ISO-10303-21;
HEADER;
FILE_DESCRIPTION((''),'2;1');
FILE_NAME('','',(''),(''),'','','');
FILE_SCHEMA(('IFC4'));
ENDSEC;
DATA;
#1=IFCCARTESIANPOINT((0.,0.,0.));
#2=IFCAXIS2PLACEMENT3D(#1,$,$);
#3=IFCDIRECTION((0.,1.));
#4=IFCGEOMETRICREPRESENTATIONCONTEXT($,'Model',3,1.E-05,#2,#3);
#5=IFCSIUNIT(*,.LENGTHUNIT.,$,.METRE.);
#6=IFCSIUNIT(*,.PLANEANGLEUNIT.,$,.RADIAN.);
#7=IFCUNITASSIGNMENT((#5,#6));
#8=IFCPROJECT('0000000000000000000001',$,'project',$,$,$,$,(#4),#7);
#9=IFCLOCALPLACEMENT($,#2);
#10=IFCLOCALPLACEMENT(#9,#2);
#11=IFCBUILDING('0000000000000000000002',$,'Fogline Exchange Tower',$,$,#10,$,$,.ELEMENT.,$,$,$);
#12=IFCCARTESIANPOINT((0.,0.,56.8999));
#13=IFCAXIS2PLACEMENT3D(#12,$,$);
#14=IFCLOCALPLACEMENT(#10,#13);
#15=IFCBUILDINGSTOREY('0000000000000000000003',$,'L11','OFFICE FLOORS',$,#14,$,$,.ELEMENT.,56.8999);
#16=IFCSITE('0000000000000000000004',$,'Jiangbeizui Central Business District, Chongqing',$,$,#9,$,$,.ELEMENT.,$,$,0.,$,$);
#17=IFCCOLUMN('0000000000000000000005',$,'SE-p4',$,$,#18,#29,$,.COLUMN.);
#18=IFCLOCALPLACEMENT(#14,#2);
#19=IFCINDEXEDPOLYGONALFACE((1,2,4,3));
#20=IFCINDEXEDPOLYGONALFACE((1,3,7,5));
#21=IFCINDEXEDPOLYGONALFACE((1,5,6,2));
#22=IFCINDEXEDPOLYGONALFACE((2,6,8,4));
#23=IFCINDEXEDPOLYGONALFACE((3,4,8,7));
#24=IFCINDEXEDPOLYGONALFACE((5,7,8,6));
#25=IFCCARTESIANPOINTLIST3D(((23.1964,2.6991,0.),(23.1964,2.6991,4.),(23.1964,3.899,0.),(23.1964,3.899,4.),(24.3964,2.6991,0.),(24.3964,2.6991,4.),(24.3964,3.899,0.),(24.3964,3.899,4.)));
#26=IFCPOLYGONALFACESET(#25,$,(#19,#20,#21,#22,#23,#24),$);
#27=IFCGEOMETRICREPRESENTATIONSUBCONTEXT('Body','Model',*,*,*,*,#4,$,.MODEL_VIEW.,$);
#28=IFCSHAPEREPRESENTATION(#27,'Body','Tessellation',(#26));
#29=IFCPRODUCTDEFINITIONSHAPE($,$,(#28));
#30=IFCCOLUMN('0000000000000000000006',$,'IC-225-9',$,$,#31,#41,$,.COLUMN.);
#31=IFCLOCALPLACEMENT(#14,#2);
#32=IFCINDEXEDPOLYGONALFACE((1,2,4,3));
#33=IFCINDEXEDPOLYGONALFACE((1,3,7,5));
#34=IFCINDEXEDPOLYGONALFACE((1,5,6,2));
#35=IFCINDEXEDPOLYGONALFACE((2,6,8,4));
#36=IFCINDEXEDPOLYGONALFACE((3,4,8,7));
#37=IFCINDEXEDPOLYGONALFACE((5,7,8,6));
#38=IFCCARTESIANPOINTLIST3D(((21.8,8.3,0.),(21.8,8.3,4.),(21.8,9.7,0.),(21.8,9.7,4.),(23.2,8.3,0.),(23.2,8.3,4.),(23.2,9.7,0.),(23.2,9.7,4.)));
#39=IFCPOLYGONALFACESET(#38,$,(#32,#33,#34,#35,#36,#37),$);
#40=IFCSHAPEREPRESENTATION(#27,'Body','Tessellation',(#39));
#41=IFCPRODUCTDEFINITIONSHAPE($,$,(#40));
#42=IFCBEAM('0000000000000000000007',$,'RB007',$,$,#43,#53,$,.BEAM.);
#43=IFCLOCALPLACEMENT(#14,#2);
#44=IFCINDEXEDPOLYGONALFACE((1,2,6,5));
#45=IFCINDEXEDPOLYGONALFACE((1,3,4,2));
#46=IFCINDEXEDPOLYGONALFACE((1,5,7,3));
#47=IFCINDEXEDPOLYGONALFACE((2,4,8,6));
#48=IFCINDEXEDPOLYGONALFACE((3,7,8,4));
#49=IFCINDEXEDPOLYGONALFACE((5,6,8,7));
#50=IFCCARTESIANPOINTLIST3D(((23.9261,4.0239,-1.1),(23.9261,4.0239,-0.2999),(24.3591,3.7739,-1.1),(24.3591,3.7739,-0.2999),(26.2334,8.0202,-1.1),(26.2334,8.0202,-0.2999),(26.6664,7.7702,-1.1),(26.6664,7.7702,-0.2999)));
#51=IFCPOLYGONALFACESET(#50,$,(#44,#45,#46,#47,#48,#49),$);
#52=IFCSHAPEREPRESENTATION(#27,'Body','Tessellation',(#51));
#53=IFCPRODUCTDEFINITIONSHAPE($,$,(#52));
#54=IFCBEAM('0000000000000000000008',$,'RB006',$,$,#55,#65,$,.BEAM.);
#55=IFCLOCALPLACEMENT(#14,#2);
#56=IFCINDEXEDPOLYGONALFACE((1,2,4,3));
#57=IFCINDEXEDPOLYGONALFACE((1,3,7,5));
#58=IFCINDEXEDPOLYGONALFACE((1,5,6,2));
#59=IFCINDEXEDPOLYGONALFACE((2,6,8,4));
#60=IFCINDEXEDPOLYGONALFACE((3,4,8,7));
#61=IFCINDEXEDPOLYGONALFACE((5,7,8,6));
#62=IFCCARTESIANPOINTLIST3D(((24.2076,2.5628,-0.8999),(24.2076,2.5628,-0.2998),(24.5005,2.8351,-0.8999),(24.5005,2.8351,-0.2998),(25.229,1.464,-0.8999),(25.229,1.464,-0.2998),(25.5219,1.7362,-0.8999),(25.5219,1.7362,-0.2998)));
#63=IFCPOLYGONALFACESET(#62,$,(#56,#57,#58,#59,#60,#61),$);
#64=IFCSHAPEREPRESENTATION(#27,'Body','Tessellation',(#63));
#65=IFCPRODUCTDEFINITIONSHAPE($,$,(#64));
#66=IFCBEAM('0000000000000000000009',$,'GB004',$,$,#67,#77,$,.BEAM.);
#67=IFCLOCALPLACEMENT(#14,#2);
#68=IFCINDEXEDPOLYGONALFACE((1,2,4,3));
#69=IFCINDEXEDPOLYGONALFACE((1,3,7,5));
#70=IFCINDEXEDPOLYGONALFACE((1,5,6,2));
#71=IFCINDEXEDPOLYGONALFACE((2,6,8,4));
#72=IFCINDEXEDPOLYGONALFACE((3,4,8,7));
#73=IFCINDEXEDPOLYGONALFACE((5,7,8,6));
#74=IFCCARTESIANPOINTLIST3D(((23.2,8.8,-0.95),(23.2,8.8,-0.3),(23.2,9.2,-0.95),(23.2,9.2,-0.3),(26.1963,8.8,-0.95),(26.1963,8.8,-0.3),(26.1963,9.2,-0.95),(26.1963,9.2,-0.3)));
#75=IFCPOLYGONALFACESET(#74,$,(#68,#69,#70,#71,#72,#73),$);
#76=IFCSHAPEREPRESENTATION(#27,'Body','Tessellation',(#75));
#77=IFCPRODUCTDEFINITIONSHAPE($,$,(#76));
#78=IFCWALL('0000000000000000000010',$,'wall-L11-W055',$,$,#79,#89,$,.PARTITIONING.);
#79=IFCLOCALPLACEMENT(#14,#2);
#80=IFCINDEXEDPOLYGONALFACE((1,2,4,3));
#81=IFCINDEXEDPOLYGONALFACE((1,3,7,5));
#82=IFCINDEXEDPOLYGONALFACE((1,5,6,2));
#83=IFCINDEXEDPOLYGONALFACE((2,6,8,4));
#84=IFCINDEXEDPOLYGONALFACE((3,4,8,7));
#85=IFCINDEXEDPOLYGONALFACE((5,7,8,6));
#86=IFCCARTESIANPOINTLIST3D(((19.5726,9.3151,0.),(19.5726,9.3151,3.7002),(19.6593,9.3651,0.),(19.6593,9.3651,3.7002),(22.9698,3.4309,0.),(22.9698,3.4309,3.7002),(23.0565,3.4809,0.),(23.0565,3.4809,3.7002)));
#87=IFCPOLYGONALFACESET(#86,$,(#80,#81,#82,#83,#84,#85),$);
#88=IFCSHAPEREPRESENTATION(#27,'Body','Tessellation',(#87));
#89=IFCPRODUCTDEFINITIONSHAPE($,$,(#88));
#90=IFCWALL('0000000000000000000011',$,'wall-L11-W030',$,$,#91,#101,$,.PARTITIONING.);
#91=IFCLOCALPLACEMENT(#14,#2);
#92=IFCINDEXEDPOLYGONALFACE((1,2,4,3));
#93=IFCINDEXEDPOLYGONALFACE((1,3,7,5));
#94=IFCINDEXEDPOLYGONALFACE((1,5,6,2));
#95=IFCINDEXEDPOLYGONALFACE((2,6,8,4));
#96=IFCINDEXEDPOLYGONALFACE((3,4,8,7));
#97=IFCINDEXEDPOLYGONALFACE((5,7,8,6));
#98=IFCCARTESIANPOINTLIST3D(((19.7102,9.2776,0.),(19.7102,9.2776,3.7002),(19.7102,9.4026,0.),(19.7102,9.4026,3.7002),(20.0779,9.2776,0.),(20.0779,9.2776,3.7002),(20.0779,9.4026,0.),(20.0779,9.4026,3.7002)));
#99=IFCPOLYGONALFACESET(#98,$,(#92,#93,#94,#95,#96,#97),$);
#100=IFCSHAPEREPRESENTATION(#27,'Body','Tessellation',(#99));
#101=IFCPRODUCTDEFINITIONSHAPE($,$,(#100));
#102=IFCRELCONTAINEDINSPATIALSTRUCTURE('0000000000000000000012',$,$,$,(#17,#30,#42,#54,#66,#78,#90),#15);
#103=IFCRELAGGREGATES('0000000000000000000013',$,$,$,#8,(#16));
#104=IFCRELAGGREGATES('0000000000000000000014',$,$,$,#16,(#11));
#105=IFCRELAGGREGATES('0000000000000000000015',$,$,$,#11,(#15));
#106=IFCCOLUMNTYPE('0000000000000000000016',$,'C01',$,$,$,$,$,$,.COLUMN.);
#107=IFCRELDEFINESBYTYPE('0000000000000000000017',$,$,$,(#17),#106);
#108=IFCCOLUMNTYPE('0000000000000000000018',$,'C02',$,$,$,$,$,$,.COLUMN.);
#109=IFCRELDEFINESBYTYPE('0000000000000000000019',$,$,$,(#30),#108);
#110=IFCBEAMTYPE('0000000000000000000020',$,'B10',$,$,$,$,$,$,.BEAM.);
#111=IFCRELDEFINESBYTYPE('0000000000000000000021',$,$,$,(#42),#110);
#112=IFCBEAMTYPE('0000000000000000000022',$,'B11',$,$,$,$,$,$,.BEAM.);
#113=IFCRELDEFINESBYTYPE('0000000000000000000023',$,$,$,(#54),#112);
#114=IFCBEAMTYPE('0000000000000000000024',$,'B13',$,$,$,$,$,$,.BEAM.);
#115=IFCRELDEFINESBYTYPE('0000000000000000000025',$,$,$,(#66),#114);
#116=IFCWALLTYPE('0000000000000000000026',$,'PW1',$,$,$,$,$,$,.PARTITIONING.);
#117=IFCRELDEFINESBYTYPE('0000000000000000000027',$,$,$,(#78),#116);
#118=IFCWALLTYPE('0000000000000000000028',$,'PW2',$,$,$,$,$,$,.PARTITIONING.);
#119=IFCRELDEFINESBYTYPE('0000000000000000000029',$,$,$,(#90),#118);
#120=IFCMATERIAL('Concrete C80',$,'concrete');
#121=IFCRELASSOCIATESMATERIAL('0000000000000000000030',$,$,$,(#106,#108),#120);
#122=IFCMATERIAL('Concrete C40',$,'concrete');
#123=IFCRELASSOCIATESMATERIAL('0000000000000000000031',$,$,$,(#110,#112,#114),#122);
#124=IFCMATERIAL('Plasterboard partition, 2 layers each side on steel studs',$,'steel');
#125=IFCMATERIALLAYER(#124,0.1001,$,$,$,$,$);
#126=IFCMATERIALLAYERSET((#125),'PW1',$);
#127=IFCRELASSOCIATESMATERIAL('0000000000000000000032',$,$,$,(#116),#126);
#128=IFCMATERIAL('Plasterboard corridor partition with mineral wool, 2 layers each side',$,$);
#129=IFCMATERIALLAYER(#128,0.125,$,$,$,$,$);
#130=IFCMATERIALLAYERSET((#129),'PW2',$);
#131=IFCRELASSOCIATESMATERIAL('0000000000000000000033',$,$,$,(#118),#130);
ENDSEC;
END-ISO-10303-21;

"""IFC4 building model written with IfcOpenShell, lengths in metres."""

from ifc_helpers import new_model, si_unit, direction, frame, frame_2d, origin, origin_2d, place, context, subcontext, project, spatial, rectangle, extrude, material, layer, layer_set, material_profile, profile_set, type_object, element, save


model = new_model("IFC4")

# Units and contexts
model_context = context("Model", 3, precision=1e-05, world=origin(), true_north=direction((0.0, 1.0)))
body_context = subcontext(model_context, "Body", "Model", "MODEL_VIEW")
ifc_project = project(units=[si_unit("LENGTHUNIT", "METRE"), si_unit("PLANEANGLEUNIT", "RADIAN")], contexts=[model_context])

# Site, building, storey
site_placement = place(None, origin())
site = spatial("IfcSite", under=ifc_project, at=site_placement, Name="Jiangbeizui Central Business District, Chongqing", CompositionType="ELEMENT", RefElevation=0.0)
building_placement = place(site_placement, origin())
building = spatial("IfcBuilding", under=site, at=building_placement, Name="Fogline Exchange Tower", CompositionType="ELEMENT")
storey_placement = place(building_placement, frame((0.0, 0.0, 56.8999)))
storey = spatial("IfcBuildingStorey", under=building, at=storey_placement, Name="L11", Description="OFFICE FLOORS", CompositionType="ELEMENT", Elevation=56.8999)

# Columns
ifc_material_1 = material(Name="Concrete C80", Category="concrete")
ifc_material_profile_1 = material_profile(ifc_material_1, rectangle(XDim=1.2, YDim=1.2, at=origin_2d()), Name="RC 1200x1200")
ifc_profile_set_1 = profile_set([ifc_material_profile_1], Name="Concrete C80")
column_type_1 = type_object("IfcColumnType", Name="C01", PredefinedType="COLUMN", material=ifc_profile_set_1)
column_1_placement = place(storey_placement, frame((23.7964, 3.2991, 0.0), z_axis=(0.0, 0.0, 1.0), x_axis=(1.0, 0.0, 0.0)))
element("IfcColumn", 1, at=column_1_placement, inside=storey, type_object=column_type_1, Name="SE-p4", PredefinedType="COLUMN", context=body_context, shape_type="SweptSolid", body=[
    extrude(rectangle(XDim=1.2, YDim=1.2, at=origin_2d()), origin(), (0.0, 0.0, 1.0), 4.0),
])
ifc_material_profile_2 = material_profile(ifc_material_1, rectangle(XDim=1.3999, YDim=1.3999, at=origin_2d()), Name="RC 1400x1400")
ifc_profile_set_2 = profile_set([ifc_material_profile_2], Name="Concrete C80")
column_type_2 = type_object("IfcColumnType", Name="C02", PredefinedType="COLUMN", material=ifc_profile_set_2)
column_2_placement = place(storey_placement, frame((22.5, 9.0, 0.0), z_axis=(0.0, 0.0, 1.0), x_axis=(1.0, 0.0, 0.0)))
element("IfcColumn", 2, at=column_2_placement, inside=storey, type_object=column_type_2, Name="IC-225-9", PredefinedType="COLUMN", context=body_context, shape_type="SweptSolid", body=[
    extrude(rectangle(XDim=1.3999, YDim=1.3999, at=origin_2d()), origin(), (0.0, 0.0, 1.0), 4.0),
])

# Beams
ifc_material_2 = material(Name="Concrete C40", Category="concrete")
ifc_material_profile_3 = material_profile(ifc_material_2, rectangle(XDim=0.5, YDim=0.8, at=origin_2d()), Name="RC 500x800")
ifc_profile_set_3 = profile_set([ifc_material_profile_3], Name="Concrete C40")
beam_type_1 = type_object("IfcBeamType", Name="B10", PredefinedType="BEAM", material=ifc_profile_set_3)
beam_1_placement = place(storey_placement, frame((24.1426, 3.8989, -0.7), z_axis=(0.500014, 0.866017, 0.0), x_axis=(-0.866017, 0.500014, 0.0)))
element("IfcBeam", 3, at=beam_1_placement, inside=storey, type_object=beam_type_1, Name="RB007", PredefinedType="BEAM", context=body_context, shape_type="SweptSolid", body=[
    extrude(rectangle(XDim=0.5, YDim=0.8, at=origin_2d()), origin(), (0.0, 0.0, 1.0), 4.6145),
])
ifc_material_profile_4 = material_profile(ifc_material_2, rectangle(XDim=0.3999, YDim=0.6001, at=origin_2d()), Name="RC 400x600")
ifc_profile_set_4 = profile_set([ifc_material_profile_4], Name="Concrete C40")
beam_type_2 = type_object("IfcBeamType", Name="B11", PredefinedType="BEAM", material=ifc_profile_set_4)
beam_2_placement = place(storey_placement, frame((25.3755, 1.6001, -0.5999), z_axis=(-0.680844, 0.732428, 0.0), x_axis=(-0.732428, -0.680844, 0.0)))
element("IfcBeam", 4, at=beam_2_placement, inside=storey, type_object=beam_type_2, Name="RB006", PredefinedType="BEAM", context=body_context, shape_type="SweptSolid", body=[
    extrude(rectangle(XDim=0.3999, YDim=0.6001, at=origin_2d()), origin(), (0.0, 0.0, 1.0), 1.5002),
])
ifc_material_profile_5 = material_profile(ifc_material_2, rectangle(XDim=0.3999, YDim=0.6499, at=origin_2d()), Name="RC 400x650")
ifc_profile_set_5 = profile_set([ifc_material_profile_5], Name="Concrete C40")
beam_type_3 = type_object("IfcBeamType", Name="B13", PredefinedType="BEAM", material=ifc_profile_set_5)
beam_3_placement = place(storey_placement, frame((23.2, 9.0, -0.625), z_axis=(1.0, 0.0, 0.0), x_axis=(0.0, 1.0, 0.0)))
element("IfcBeam", 5, at=beam_3_placement, inside=storey, type_object=beam_type_3, Name="GB004", PredefinedType="BEAM", context=body_context, shape_type="SweptSolid", body=[
    extrude(rectangle(XDim=0.3999, YDim=0.6499, at=origin_2d()), origin(), (0.0, 0.0, 1.0), 2.9963),
])

# Walls
ifc_material_3 = material(Name="Plasterboard partition, 2 layers each side on steel studs", Category="steel")
ifc_layer_1 = layer(ifc_material_3, 0.1001)
ifc_layer_set_1 = layer_set([ifc_layer_1], Name="PW1")
wall_type_1 = type_object("IfcWallType", Name="PW1", PredefinedType="PARTITIONING", material=ifc_layer_set_1)
wall_1_placement = place(storey_placement, frame((19.616, 9.3401, 0.0), z_axis=(0.0, 0.0, 1.0), x_axis=(0.499992, -0.86603, 0.0)))
element("IfcWall", 6, at=wall_1_placement, inside=storey, type_object=wall_type_1, Name="wall-L11-W055", PredefinedType="PARTITIONING", context=body_context, shape_type="SweptSolid", body=[
    extrude(rectangle(XDim=6.7944, YDim=0.1001, at=frame_2d((3.3972, 0.0))), origin(), (0.0, 0.0, 1.0), 3.7002),
])
ifc_material_4 = material(Name="Plasterboard corridor partition with mineral wool, 2 layers each side")
ifc_layer_2 = layer(ifc_material_4, 0.125)
ifc_layer_set_2 = layer_set([ifc_layer_2], Name="PW2")
wall_type_2 = type_object("IfcWallType", Name="PW2", PredefinedType="PARTITIONING", material=ifc_layer_set_2)
wall_2_placement = place(storey_placement, frame((20.0779, 9.3401, 0.0), z_axis=(0.0, 0.0, 1.0), x_axis=(-1.0, 0.0, 0.0)))
element("IfcWall", 7, at=wall_2_placement, inside=storey, type_object=wall_type_2, Name="wall-L11-W030", PredefinedType="PARTITIONING", context=body_context, shape_type="SweptSolid", body=[
    extrude(rectangle(XDim=0.3677, YDim=0.125, at=frame_2d((0.1838, 0.0))), origin(), (0.0, 0.0, 1.0), 3.7002),
])

save(model, "model.ifc")
